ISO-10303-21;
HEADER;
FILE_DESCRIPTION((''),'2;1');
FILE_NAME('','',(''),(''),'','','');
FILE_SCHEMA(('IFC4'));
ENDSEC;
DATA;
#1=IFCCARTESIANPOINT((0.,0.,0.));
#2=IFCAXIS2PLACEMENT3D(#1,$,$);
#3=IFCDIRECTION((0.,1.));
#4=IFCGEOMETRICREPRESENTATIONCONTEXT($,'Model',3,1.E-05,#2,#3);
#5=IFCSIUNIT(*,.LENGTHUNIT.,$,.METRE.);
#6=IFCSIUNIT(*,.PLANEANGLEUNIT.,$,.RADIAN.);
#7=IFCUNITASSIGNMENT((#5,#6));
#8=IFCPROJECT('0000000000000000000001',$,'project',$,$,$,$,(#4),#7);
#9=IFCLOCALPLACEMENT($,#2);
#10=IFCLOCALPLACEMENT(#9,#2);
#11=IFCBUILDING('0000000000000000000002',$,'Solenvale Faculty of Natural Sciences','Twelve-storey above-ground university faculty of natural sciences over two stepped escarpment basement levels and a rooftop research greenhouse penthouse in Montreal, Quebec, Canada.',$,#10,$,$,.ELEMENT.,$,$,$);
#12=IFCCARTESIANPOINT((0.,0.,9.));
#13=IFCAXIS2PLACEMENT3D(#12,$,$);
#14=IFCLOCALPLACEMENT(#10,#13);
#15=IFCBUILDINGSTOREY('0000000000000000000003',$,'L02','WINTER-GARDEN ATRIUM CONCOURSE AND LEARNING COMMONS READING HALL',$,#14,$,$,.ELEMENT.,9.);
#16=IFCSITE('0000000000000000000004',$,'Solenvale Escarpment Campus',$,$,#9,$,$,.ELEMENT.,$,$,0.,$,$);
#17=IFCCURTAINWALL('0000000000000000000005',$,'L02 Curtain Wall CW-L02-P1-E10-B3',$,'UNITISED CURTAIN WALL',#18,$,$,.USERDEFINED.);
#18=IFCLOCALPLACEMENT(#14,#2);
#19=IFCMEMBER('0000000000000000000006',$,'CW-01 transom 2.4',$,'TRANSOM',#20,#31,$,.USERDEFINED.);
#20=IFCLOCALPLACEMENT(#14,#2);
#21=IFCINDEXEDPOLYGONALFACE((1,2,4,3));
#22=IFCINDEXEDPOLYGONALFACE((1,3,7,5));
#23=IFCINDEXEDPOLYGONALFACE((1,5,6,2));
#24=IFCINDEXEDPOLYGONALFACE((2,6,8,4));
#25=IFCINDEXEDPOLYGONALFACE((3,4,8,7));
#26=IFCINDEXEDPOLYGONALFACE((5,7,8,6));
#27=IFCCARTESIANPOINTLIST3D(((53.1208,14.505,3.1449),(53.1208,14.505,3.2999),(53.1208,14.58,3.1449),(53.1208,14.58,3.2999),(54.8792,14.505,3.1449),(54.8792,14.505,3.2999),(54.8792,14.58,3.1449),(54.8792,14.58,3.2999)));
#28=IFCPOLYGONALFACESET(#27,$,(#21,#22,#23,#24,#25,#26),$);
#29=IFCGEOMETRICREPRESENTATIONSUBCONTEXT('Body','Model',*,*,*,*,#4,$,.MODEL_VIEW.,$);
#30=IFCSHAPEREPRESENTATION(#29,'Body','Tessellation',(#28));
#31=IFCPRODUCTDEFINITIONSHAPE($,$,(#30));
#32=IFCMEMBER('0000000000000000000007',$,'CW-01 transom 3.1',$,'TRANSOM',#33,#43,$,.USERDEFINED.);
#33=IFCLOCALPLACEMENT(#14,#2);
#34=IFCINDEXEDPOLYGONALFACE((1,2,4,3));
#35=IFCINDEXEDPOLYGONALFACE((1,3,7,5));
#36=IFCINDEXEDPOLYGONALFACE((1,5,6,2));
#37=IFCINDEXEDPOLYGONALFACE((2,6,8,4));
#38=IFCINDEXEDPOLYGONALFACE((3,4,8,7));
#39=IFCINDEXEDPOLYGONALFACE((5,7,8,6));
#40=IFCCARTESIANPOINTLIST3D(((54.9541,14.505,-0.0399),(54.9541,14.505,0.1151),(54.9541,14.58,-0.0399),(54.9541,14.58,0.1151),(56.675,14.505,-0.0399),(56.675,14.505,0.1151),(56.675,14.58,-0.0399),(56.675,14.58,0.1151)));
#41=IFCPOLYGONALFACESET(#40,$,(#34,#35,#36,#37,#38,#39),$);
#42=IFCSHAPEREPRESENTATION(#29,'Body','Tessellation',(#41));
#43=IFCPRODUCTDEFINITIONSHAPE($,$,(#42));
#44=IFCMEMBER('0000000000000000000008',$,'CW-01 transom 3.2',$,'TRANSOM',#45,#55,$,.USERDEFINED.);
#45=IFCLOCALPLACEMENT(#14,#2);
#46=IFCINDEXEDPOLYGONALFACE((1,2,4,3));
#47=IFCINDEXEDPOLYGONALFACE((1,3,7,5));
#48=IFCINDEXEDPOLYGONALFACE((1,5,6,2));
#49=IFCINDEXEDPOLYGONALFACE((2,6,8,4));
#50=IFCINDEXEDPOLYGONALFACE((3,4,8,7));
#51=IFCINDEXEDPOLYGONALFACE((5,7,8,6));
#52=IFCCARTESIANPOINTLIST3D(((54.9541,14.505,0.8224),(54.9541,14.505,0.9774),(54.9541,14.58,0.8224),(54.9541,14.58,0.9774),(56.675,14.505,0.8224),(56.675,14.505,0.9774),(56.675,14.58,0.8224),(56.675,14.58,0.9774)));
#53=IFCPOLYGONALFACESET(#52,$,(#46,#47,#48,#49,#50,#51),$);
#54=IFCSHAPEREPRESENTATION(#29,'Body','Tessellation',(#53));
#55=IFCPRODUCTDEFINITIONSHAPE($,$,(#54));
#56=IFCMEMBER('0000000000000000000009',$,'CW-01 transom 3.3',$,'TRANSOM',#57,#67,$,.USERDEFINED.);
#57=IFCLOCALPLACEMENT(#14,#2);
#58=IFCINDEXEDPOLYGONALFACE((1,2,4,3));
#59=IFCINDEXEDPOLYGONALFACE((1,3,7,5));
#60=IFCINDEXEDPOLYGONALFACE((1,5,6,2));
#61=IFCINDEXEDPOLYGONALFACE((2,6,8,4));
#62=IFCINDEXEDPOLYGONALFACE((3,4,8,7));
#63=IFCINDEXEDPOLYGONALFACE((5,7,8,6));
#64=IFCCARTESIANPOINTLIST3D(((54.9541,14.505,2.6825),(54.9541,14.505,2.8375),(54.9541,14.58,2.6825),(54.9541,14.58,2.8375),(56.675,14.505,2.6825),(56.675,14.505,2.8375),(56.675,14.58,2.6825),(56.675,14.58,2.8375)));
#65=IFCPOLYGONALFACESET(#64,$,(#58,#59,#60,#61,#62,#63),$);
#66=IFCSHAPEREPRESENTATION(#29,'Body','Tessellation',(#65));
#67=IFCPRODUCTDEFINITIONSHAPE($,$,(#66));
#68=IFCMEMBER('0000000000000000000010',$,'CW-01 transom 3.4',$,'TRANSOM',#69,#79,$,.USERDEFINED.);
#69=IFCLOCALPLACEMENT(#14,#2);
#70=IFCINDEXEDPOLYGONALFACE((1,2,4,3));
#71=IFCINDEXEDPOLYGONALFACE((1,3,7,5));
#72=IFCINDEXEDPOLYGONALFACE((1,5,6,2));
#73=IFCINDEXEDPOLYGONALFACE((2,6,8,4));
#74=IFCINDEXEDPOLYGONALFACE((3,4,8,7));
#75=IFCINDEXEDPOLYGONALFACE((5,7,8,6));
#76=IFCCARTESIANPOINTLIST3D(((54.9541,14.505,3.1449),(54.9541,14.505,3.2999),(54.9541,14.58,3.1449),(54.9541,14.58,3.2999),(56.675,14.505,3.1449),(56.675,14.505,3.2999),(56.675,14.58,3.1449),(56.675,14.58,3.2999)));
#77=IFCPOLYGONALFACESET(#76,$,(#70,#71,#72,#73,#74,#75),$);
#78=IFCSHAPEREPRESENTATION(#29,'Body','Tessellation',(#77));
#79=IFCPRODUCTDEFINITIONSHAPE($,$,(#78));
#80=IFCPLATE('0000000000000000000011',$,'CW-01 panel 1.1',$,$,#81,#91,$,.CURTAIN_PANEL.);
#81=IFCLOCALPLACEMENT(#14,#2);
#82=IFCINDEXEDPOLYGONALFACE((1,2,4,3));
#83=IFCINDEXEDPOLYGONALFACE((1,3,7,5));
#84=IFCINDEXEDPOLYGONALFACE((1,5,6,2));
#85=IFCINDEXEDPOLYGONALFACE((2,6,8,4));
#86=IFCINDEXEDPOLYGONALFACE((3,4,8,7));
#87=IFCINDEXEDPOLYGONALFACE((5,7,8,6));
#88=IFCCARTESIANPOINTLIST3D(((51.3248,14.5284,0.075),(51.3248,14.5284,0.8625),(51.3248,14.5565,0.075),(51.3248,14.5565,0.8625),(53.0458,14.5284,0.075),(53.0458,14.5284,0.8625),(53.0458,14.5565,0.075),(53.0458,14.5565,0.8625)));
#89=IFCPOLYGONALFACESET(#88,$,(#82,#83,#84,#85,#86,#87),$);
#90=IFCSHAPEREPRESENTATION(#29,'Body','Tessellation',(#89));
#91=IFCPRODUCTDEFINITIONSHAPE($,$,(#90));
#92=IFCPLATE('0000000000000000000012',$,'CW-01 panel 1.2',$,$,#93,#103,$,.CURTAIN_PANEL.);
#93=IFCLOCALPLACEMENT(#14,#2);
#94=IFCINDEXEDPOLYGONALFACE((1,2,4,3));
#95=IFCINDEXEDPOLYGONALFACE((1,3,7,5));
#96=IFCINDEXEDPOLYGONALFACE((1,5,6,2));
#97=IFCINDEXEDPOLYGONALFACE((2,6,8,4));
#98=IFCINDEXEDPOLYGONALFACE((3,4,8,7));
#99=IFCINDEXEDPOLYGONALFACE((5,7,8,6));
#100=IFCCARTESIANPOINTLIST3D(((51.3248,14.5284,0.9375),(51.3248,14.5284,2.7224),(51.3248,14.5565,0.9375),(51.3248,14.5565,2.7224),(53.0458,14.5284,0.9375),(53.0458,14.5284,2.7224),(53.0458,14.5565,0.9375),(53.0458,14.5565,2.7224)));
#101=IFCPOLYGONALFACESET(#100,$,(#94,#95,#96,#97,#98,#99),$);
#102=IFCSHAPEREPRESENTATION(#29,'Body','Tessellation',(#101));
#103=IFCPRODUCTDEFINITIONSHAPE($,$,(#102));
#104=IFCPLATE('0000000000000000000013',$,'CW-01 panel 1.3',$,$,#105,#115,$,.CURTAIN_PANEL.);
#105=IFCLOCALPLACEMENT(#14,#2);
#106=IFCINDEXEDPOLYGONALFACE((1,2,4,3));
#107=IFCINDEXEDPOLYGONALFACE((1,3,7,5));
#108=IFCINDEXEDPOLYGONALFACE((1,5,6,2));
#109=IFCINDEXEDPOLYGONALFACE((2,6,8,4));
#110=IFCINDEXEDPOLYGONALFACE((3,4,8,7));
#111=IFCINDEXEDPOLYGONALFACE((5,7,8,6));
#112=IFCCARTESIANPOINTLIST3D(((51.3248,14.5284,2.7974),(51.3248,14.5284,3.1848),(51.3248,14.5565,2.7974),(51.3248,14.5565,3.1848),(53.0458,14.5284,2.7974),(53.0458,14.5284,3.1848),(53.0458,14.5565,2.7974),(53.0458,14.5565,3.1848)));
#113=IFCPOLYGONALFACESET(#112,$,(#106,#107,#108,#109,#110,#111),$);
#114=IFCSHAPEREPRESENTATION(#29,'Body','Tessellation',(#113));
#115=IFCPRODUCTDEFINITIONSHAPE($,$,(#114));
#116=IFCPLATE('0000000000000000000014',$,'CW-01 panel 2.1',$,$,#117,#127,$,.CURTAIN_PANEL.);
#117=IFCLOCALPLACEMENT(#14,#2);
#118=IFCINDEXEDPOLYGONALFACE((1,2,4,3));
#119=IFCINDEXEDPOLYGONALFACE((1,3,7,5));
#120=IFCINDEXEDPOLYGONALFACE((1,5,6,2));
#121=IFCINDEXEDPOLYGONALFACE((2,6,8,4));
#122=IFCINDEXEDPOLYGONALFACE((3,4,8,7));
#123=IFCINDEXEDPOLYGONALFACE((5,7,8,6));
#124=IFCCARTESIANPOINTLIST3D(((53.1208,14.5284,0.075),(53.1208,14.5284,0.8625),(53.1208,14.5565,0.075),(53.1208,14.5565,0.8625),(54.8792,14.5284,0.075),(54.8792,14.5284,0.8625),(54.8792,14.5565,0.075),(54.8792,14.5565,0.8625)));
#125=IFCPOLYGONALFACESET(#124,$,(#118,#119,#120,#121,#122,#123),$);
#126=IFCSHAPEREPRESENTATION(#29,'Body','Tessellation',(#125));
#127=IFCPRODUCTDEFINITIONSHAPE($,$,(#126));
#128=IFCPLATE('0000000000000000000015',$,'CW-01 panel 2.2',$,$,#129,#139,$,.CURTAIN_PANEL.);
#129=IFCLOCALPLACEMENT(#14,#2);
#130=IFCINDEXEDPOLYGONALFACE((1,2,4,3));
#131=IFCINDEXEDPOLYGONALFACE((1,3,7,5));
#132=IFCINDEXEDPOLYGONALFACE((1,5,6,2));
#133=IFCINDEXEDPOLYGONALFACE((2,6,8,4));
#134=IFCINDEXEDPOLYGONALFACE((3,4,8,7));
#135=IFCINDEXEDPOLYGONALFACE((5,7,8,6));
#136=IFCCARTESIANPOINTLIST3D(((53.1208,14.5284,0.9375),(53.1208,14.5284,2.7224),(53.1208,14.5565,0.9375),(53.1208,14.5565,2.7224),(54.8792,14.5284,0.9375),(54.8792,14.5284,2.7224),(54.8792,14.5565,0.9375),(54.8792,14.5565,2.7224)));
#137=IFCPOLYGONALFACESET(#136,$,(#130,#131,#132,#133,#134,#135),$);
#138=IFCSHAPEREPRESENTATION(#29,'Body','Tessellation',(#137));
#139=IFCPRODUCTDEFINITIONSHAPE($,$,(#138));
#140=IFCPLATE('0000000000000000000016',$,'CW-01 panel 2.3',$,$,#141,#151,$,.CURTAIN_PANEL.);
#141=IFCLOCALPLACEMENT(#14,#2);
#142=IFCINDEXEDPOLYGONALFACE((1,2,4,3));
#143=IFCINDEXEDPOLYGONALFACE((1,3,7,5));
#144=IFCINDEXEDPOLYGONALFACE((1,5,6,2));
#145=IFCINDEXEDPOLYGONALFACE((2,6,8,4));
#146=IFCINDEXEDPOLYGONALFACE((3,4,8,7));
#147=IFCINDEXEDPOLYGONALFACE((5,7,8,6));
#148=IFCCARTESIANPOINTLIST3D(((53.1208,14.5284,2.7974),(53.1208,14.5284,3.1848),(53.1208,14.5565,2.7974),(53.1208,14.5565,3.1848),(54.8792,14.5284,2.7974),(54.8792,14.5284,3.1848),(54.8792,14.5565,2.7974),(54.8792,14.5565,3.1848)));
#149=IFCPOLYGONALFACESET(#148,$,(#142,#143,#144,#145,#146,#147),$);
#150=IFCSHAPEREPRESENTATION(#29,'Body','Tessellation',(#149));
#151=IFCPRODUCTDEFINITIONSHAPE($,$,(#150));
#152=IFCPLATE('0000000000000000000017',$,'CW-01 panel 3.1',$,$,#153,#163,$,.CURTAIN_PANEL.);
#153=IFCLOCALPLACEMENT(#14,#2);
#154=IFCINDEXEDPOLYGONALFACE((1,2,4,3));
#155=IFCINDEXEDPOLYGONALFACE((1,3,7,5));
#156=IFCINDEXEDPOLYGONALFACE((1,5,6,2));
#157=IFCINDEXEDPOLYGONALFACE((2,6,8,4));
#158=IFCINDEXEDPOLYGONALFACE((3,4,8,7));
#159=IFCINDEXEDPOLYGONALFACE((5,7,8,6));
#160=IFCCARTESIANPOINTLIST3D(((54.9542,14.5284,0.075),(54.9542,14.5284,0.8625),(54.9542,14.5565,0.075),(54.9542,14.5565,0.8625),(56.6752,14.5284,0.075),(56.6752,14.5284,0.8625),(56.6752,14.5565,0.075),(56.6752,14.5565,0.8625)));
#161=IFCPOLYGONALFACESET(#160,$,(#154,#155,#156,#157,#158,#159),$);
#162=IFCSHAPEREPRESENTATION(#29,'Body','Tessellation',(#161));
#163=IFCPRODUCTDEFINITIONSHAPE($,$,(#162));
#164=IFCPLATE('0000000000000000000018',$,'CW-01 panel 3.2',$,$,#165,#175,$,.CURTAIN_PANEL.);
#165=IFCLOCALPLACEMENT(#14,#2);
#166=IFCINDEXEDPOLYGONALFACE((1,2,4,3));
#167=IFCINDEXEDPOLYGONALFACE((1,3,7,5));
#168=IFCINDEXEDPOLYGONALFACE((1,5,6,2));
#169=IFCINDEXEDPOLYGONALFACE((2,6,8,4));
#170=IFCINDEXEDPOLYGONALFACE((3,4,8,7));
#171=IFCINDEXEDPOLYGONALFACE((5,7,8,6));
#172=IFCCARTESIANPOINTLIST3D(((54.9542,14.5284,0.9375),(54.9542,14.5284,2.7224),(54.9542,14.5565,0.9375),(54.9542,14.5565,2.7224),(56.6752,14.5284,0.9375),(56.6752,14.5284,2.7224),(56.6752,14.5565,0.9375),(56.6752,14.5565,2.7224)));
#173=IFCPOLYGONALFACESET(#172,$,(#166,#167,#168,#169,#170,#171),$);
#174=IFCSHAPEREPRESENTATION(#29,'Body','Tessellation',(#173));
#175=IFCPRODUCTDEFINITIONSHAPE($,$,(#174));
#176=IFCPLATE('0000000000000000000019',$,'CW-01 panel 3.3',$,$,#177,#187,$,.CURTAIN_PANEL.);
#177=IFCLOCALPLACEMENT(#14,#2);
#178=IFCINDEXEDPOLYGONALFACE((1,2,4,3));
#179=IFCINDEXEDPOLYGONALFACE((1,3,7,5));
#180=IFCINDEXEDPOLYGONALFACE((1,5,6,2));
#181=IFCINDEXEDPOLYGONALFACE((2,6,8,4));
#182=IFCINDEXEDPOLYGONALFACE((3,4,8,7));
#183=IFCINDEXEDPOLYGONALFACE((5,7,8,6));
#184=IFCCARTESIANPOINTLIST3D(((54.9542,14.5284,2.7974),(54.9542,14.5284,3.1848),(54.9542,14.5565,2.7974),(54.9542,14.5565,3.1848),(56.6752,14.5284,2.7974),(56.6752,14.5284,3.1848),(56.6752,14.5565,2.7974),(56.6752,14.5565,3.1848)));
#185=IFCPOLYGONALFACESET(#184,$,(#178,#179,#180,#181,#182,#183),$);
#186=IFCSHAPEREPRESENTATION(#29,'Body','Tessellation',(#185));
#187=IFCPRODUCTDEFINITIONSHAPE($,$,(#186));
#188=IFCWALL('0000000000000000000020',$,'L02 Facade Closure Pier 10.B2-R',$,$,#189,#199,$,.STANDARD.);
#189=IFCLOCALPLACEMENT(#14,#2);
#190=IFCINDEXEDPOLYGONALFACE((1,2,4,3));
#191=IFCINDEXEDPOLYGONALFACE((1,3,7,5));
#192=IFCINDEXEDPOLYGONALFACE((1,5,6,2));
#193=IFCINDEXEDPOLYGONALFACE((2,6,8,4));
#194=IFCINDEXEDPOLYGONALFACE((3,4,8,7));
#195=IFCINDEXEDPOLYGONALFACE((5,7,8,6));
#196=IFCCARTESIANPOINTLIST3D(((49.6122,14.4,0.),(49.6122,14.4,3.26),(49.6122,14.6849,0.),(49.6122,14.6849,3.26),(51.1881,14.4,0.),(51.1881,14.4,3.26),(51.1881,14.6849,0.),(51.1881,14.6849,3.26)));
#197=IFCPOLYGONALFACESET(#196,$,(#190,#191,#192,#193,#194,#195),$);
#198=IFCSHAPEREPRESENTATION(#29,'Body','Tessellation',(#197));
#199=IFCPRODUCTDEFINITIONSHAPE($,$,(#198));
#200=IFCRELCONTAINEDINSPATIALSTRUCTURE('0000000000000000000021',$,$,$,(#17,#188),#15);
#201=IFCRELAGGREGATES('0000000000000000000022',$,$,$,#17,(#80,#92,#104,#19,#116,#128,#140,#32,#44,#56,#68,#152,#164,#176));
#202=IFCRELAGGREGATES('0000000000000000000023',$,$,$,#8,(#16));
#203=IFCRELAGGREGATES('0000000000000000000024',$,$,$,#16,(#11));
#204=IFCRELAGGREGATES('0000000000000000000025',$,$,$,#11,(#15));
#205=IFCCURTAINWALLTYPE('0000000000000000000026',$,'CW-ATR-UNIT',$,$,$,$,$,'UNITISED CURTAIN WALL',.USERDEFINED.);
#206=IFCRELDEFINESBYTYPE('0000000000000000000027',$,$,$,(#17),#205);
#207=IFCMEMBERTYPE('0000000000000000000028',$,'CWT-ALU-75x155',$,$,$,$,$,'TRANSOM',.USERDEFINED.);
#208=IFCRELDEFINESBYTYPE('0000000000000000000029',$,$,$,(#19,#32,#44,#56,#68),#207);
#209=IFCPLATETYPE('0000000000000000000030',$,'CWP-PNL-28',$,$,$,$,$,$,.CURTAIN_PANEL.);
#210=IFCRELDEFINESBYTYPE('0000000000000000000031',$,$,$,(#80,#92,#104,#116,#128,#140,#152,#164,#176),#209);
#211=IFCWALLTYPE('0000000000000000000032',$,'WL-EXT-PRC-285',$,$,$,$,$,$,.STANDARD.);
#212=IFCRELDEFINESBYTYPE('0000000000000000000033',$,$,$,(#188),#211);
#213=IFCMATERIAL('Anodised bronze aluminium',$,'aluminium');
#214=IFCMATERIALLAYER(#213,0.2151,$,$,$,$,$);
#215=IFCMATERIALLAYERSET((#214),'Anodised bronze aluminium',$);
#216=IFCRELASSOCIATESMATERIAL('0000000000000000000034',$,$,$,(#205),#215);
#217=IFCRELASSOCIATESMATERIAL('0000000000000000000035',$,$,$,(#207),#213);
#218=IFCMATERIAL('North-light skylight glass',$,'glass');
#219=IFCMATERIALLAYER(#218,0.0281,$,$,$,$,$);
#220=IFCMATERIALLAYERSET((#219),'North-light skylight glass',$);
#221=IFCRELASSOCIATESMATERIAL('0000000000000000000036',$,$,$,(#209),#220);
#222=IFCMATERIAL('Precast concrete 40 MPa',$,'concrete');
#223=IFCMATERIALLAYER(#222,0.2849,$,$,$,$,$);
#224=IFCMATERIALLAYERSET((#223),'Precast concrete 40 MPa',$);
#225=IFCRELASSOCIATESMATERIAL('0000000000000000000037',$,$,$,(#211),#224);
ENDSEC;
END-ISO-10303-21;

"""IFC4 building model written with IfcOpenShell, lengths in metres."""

from ifc_helpers import new_model, si_unit, direction, frame, frame_2d, origin, origin_2d, place, context, subcontext, project, spatial, rectangle, extrude, material, layer, layer_set, material_profile, profile_set, type_object, element, aggregate, save


model = new_model("IFC4")

# Units and contexts
model_context = context("Model", 3, precision=1e-05, world=origin(), true_north=direction((0.0, 1.0)))
body_context = subcontext(model_context, "Body", "Model", "MODEL_VIEW")
ifc_project = project(units=[si_unit("LENGTHUNIT", "METRE"), si_unit("PLANEANGLEUNIT", "RADIAN")], contexts=[model_context])

# Site, building, storey
site_placement = place(None, origin())
site = spatial("IfcSite", under=ifc_project, at=site_placement, Name="Solenvale Escarpment Campus", CompositionType="ELEMENT", RefElevation=0.0)
building_placement = place(site_placement, origin())
building = spatial("IfcBuilding", under=site, at=building_placement, Name="Solenvale Faculty of Natural Sciences", Description="Twelve-storey above-ground university faculty of natural sciences over two stepped escarpment basement levels and a rooftop research greenhouse penthouse in Montreal, Quebec, Canada.", CompositionType="ELEMENT")
storey_placement = place(building_placement, frame((0.0, 0.0, 9.0)))
storey = spatial("IfcBuildingStorey", under=building, at=storey_placement, Name="L02", Description="WINTER-GARDEN ATRIUM CONCOURSE AND LEARNING COMMONS READING HALL", CompositionType="ELEMENT", Elevation=9.0)

# Shared definitions
ifc_material_1 = material(Name="Anodised bronze aluminium", Category="aluminium")
ifc_layer_1 = layer(ifc_material_1, 0.2151)
ifc_layer_set_1 = layer_set([ifc_layer_1], Name="Anodised bronze aluminium")
curtain_wall_type = type_object("IfcCurtainWallType", Name="CW-ATR-UNIT", ElementType="UNITISED CURTAIN WALL", PredefinedType="USERDEFINED", material=ifc_layer_set_1)

# Curtain wall, members, plates
curtain_wall_1_placement = place(storey_placement, origin())
curtain_wall_1 = element("IfcCurtainWall", 1, at=curtain_wall_1_placement, inside=storey, type_object=curtain_wall_type, Name="L02 Curtain Wall CW-L02-P1-E10-B3", ObjectType="UNITISED CURTAIN WALL", PredefinedType="USERDEFINED")
ifc_material_profile_1 = material_profile(ifc_material_1, rectangle(XDim=0.075, YDim=0.155, at=origin_2d()), Name="ALU-TRN-75x155")
ifc_profile_set_1 = profile_set([ifc_material_profile_1], Name="Anodised bronze aluminium")
member_type_1 = type_object("IfcMemberType", Name="CWT-ALU-75x155", ElementType="TRANSOM", PredefinedType="USERDEFINED", material=ifc_profile_set_1)
member_1_placement = place(storey_placement, frame((53.1208, 14.5425, 3.2224), z_axis=(1.0, 0.0, 0.0), x_axis=(0.0, 1.0, 0.0)))
member_1 = element("IfcMember", 2, at=member_1_placement, type_object=member_type_1, Name="CW-01 transom 2.4", ObjectType="TRANSOM", PredefinedType="USERDEFINED", context=body_context, shape_type="SweptSolid", body=[
    extrude(rectangle(XDim=0.075, YDim=0.155, at=origin_2d()), origin(), (0.0, 0.0, 1.0), 1.7583),
])
member_2_placement = place(storey_placement, frame((54.9541, 14.5425, 0.0376), z_axis=(1.0, 0.0, 0.0), x_axis=(0.0, 1.0, 0.0)))
member_2 = element("IfcMember", 3, at=member_2_placement, type_object=member_type_1, Name="CW-01 transom 3.1", ObjectType="TRANSOM", PredefinedType="USERDEFINED", context=body_context, shape_type="SweptSolid", body=[
    extrude(rectangle(XDim=0.075, YDim=0.155, at=origin_2d()), origin(), (0.0, 0.0, 1.0), 1.7209),
])
member_3_placement = place(storey_placement, frame((54.9541, 14.5425, 0.8999), z_axis=(1.0, 0.0, 0.0), x_axis=(0.0, 1.0, 0.0)))
member_3 = element("IfcMember", 4, at=member_3_placement, type_object=member_type_1, Name="CW-01 transom 3.2", ObjectType="TRANSOM", PredefinedType="USERDEFINED", context=body_context, shape_type="SweptSolid", body=[
    extrude(rectangle(XDim=0.075, YDim=0.155, at=origin_2d()), origin(), (0.0, 0.0, 1.0), 1.7209),
])
member_4_placement = place(storey_placement, frame((54.9541, 14.5425, 2.76), z_axis=(1.0, 0.0, 0.0), x_axis=(0.0, 1.0, 0.0)))
member_4 = element("IfcMember", 5, at=member_4_placement, type_object=member_type_1, Name="CW-01 transom 3.3", ObjectType="TRANSOM", PredefinedType="USERDEFINED", context=body_context, shape_type="SweptSolid", body=[
    extrude(rectangle(XDim=0.075, YDim=0.155, at=origin_2d()), origin(), (0.0, 0.0, 1.0), 1.7209),
])
member_5_placement = place(storey_placement, frame((54.9541, 14.5425, 3.2224), z_axis=(1.0, 0.0, 0.0), x_axis=(0.0, 1.0, 0.0)))
member_5 = element("IfcMember", 6, at=member_5_placement, type_object=member_type_1, Name="CW-01 transom 3.4", ObjectType="TRANSOM", PredefinedType="USERDEFINED", context=body_context, shape_type="SweptSolid", body=[
    extrude(rectangle(XDim=0.075, YDim=0.155, at=origin_2d()), origin(), (0.0, 0.0, 1.0), 1.7209),
])
ifc_material_2 = material(Name="North-light skylight glass", Category="glass")
ifc_layer_2 = layer(ifc_material_2, 0.0281)
ifc_layer_set_2 = layer_set([ifc_layer_2], Name="North-light skylight glass")
plate_type = type_object("IfcPlateType", Name="CWP-PNL-28", PredefinedType="CURTAIN_PANEL", material=ifc_layer_set_2)
plate_1_placement = place(storey_placement, frame((52.1853, 14.5425, 0.075), z_axis=(0.0, 0.0, 1.0), x_axis=(1.0, 0.0, 0.0)))
plate_1 = element("IfcPlate", 7, at=plate_1_placement, type_object=plate_type, Name="CW-01 panel 1.1", PredefinedType="CURTAIN_PANEL", context=body_context, shape_type="SweptSolid", body=[
    extrude(rectangle(XDim=1.7209, YDim=0.0281, at=origin_2d()), origin(), (0.0, 0.0, 1.0), 0.7876),
])
plate_2_placement = place(storey_placement, frame((52.1853, 14.5425, 0.9375), z_axis=(0.0, 0.0, 1.0), x_axis=(1.0, 0.0, 0.0)))
plate_2 = element("IfcPlate", 8, at=plate_2_placement, type_object=plate_type, Name="CW-01 panel 1.2", PredefinedType="CURTAIN_PANEL", context=body_context, shape_type="SweptSolid", body=[
    extrude(rectangle(XDim=1.7209, YDim=0.0281, at=origin_2d()), origin(), (0.0, 0.0, 1.0), 1.7849),
])
plate_3_placement = place(storey_placement, frame((52.1853, 14.5425, 2.7974), z_axis=(0.0, 0.0, 1.0), x_axis=(1.0, 0.0, 0.0)))
plate_3 = element("IfcPlate", 9, at=plate_3_placement, type_object=plate_type, Name="CW-01 panel 1.3", PredefinedType="CURTAIN_PANEL", context=body_context, shape_type="SweptSolid", body=[
    extrude(rectangle(XDim=1.7209, YDim=0.0281, at=origin_2d()), origin(), (0.0, 0.0, 1.0), 0.3875),
])
plate_4_placement = place(storey_placement, frame((54.0, 14.5425, 0.075), z_axis=(0.0, 0.0, 1.0), x_axis=(1.0, 0.0, 0.0)))
plate_4 = element("IfcPlate", 10, at=plate_4_placement, type_object=plate_type, Name="CW-01 panel 2.1", PredefinedType="CURTAIN_PANEL", context=body_context, shape_type="SweptSolid", body=[
    extrude(rectangle(XDim=1.7583, YDim=0.0281, at=origin_2d()), origin(), (0.0, 0.0, 1.0), 0.7876),
])
plate_5_placement = place(storey_placement, frame((54.0, 14.5425, 0.9375), z_axis=(0.0, 0.0, 1.0), x_axis=(1.0, 0.0, 0.0)))
plate_5 = element("IfcPlate", 11, at=plate_5_placement, type_object=plate_type, Name="CW-01 panel 2.2", PredefinedType="CURTAIN_PANEL", context=body_context, shape_type="SweptSolid", body=[
    extrude(rectangle(XDim=1.7583, YDim=0.0281, at=origin_2d()), origin(), (0.0, 0.0, 1.0), 1.7849),
])
plate_6_placement = place(storey_placement, frame((54.0, 14.5425, 2.7974), z_axis=(0.0, 0.0, 1.0), x_axis=(1.0, 0.0, 0.0)))
plate_6 = element("IfcPlate", 12, at=plate_6_placement, type_object=plate_type, Name="CW-01 panel 2.3", PredefinedType="CURTAIN_PANEL", context=body_context, shape_type="SweptSolid", body=[
    extrude(rectangle(XDim=1.7583, YDim=0.0281, at=origin_2d()), origin(), (0.0, 0.0, 1.0), 0.3875),
])
plate_7_placement = place(storey_placement, frame((55.8147, 14.5425, 0.075), z_axis=(0.0, 0.0, 1.0), x_axis=(1.0, 0.0, 0.0)))
plate_7 = element("IfcPlate", 13, at=plate_7_placement, type_object=plate_type, Name="CW-01 panel 3.1", PredefinedType="CURTAIN_PANEL", context=body_context, shape_type="SweptSolid", body=[
    extrude(rectangle(XDim=1.7209, YDim=0.0281, at=origin_2d()), origin(), (0.0, 0.0, 1.0), 0.7876),
])
plate_8_placement = place(storey_placement, frame((55.8147, 14.5425, 0.9375), z_axis=(0.0, 0.0, 1.0), x_axis=(1.0, 0.0, 0.0)))
plate_8 = element("IfcPlate", 14, at=plate_8_placement, type_object=plate_type, Name="CW-01 panel 3.2", PredefinedType="CURTAIN_PANEL", context=body_context, shape_type="SweptSolid", body=[
    extrude(rectangle(XDim=1.7209, YDim=0.0281, at=origin_2d()), origin(), (0.0, 0.0, 1.0), 1.7849),
])
plate_9_placement = place(storey_placement, frame((55.8147, 14.5425, 2.7974), z_axis=(0.0, 0.0, 1.0), x_axis=(1.0, 0.0, 0.0)))
plate_9 = element("IfcPlate", 15, at=plate_9_placement, type_object=plate_type, Name="CW-01 panel 3.3", PredefinedType="CURTAIN_PANEL", context=body_context, shape_type="SweptSolid", body=[
    extrude(rectangle(XDim=1.7209, YDim=0.0281, at=origin_2d()), origin(), (0.0, 0.0, 1.0), 0.3875),
])
aggregate(curtain_wall_1, [plate_1, plate_2, plate_3, member_1, plate_4, plate_5, plate_6, member_2, member_3, member_4, member_5, plate_7, plate_8, plate_9])

# Wall
ifc_material_3 = material(Name="Precast concrete 40 MPa", Category="concrete")
ifc_layer_3 = layer(ifc_material_3, 0.2849)
ifc_layer_set_3 = layer_set([ifc_layer_3], Name="Precast concrete 40 MPa")
wall_type = type_object("IfcWallType", Name="WL-EXT-PRC-285", PredefinedType="STANDARD", material=ifc_layer_set_3)
wall_placement = place(storey_placement, frame((49.6121, 14.5425, 0.0), z_axis=(0.0, 0.0, 1.0), x_axis=(1.0, 0.0, 0.0)))
element("IfcWall", 16, at=wall_placement, inside=storey, type_object=wall_type, Name="L02 Facade Closure Pier 10.B2-R", PredefinedType="STANDARD", context=body_context, shape_type="SweptSolid", body=[
    extrude(rectangle(XDim=1.5759, YDim=0.2849, at=frame_2d((0.7881, 0.0))), origin(), (0.0, 0.0, 1.0), 3.26),
])

save(model, "model.ifc")
